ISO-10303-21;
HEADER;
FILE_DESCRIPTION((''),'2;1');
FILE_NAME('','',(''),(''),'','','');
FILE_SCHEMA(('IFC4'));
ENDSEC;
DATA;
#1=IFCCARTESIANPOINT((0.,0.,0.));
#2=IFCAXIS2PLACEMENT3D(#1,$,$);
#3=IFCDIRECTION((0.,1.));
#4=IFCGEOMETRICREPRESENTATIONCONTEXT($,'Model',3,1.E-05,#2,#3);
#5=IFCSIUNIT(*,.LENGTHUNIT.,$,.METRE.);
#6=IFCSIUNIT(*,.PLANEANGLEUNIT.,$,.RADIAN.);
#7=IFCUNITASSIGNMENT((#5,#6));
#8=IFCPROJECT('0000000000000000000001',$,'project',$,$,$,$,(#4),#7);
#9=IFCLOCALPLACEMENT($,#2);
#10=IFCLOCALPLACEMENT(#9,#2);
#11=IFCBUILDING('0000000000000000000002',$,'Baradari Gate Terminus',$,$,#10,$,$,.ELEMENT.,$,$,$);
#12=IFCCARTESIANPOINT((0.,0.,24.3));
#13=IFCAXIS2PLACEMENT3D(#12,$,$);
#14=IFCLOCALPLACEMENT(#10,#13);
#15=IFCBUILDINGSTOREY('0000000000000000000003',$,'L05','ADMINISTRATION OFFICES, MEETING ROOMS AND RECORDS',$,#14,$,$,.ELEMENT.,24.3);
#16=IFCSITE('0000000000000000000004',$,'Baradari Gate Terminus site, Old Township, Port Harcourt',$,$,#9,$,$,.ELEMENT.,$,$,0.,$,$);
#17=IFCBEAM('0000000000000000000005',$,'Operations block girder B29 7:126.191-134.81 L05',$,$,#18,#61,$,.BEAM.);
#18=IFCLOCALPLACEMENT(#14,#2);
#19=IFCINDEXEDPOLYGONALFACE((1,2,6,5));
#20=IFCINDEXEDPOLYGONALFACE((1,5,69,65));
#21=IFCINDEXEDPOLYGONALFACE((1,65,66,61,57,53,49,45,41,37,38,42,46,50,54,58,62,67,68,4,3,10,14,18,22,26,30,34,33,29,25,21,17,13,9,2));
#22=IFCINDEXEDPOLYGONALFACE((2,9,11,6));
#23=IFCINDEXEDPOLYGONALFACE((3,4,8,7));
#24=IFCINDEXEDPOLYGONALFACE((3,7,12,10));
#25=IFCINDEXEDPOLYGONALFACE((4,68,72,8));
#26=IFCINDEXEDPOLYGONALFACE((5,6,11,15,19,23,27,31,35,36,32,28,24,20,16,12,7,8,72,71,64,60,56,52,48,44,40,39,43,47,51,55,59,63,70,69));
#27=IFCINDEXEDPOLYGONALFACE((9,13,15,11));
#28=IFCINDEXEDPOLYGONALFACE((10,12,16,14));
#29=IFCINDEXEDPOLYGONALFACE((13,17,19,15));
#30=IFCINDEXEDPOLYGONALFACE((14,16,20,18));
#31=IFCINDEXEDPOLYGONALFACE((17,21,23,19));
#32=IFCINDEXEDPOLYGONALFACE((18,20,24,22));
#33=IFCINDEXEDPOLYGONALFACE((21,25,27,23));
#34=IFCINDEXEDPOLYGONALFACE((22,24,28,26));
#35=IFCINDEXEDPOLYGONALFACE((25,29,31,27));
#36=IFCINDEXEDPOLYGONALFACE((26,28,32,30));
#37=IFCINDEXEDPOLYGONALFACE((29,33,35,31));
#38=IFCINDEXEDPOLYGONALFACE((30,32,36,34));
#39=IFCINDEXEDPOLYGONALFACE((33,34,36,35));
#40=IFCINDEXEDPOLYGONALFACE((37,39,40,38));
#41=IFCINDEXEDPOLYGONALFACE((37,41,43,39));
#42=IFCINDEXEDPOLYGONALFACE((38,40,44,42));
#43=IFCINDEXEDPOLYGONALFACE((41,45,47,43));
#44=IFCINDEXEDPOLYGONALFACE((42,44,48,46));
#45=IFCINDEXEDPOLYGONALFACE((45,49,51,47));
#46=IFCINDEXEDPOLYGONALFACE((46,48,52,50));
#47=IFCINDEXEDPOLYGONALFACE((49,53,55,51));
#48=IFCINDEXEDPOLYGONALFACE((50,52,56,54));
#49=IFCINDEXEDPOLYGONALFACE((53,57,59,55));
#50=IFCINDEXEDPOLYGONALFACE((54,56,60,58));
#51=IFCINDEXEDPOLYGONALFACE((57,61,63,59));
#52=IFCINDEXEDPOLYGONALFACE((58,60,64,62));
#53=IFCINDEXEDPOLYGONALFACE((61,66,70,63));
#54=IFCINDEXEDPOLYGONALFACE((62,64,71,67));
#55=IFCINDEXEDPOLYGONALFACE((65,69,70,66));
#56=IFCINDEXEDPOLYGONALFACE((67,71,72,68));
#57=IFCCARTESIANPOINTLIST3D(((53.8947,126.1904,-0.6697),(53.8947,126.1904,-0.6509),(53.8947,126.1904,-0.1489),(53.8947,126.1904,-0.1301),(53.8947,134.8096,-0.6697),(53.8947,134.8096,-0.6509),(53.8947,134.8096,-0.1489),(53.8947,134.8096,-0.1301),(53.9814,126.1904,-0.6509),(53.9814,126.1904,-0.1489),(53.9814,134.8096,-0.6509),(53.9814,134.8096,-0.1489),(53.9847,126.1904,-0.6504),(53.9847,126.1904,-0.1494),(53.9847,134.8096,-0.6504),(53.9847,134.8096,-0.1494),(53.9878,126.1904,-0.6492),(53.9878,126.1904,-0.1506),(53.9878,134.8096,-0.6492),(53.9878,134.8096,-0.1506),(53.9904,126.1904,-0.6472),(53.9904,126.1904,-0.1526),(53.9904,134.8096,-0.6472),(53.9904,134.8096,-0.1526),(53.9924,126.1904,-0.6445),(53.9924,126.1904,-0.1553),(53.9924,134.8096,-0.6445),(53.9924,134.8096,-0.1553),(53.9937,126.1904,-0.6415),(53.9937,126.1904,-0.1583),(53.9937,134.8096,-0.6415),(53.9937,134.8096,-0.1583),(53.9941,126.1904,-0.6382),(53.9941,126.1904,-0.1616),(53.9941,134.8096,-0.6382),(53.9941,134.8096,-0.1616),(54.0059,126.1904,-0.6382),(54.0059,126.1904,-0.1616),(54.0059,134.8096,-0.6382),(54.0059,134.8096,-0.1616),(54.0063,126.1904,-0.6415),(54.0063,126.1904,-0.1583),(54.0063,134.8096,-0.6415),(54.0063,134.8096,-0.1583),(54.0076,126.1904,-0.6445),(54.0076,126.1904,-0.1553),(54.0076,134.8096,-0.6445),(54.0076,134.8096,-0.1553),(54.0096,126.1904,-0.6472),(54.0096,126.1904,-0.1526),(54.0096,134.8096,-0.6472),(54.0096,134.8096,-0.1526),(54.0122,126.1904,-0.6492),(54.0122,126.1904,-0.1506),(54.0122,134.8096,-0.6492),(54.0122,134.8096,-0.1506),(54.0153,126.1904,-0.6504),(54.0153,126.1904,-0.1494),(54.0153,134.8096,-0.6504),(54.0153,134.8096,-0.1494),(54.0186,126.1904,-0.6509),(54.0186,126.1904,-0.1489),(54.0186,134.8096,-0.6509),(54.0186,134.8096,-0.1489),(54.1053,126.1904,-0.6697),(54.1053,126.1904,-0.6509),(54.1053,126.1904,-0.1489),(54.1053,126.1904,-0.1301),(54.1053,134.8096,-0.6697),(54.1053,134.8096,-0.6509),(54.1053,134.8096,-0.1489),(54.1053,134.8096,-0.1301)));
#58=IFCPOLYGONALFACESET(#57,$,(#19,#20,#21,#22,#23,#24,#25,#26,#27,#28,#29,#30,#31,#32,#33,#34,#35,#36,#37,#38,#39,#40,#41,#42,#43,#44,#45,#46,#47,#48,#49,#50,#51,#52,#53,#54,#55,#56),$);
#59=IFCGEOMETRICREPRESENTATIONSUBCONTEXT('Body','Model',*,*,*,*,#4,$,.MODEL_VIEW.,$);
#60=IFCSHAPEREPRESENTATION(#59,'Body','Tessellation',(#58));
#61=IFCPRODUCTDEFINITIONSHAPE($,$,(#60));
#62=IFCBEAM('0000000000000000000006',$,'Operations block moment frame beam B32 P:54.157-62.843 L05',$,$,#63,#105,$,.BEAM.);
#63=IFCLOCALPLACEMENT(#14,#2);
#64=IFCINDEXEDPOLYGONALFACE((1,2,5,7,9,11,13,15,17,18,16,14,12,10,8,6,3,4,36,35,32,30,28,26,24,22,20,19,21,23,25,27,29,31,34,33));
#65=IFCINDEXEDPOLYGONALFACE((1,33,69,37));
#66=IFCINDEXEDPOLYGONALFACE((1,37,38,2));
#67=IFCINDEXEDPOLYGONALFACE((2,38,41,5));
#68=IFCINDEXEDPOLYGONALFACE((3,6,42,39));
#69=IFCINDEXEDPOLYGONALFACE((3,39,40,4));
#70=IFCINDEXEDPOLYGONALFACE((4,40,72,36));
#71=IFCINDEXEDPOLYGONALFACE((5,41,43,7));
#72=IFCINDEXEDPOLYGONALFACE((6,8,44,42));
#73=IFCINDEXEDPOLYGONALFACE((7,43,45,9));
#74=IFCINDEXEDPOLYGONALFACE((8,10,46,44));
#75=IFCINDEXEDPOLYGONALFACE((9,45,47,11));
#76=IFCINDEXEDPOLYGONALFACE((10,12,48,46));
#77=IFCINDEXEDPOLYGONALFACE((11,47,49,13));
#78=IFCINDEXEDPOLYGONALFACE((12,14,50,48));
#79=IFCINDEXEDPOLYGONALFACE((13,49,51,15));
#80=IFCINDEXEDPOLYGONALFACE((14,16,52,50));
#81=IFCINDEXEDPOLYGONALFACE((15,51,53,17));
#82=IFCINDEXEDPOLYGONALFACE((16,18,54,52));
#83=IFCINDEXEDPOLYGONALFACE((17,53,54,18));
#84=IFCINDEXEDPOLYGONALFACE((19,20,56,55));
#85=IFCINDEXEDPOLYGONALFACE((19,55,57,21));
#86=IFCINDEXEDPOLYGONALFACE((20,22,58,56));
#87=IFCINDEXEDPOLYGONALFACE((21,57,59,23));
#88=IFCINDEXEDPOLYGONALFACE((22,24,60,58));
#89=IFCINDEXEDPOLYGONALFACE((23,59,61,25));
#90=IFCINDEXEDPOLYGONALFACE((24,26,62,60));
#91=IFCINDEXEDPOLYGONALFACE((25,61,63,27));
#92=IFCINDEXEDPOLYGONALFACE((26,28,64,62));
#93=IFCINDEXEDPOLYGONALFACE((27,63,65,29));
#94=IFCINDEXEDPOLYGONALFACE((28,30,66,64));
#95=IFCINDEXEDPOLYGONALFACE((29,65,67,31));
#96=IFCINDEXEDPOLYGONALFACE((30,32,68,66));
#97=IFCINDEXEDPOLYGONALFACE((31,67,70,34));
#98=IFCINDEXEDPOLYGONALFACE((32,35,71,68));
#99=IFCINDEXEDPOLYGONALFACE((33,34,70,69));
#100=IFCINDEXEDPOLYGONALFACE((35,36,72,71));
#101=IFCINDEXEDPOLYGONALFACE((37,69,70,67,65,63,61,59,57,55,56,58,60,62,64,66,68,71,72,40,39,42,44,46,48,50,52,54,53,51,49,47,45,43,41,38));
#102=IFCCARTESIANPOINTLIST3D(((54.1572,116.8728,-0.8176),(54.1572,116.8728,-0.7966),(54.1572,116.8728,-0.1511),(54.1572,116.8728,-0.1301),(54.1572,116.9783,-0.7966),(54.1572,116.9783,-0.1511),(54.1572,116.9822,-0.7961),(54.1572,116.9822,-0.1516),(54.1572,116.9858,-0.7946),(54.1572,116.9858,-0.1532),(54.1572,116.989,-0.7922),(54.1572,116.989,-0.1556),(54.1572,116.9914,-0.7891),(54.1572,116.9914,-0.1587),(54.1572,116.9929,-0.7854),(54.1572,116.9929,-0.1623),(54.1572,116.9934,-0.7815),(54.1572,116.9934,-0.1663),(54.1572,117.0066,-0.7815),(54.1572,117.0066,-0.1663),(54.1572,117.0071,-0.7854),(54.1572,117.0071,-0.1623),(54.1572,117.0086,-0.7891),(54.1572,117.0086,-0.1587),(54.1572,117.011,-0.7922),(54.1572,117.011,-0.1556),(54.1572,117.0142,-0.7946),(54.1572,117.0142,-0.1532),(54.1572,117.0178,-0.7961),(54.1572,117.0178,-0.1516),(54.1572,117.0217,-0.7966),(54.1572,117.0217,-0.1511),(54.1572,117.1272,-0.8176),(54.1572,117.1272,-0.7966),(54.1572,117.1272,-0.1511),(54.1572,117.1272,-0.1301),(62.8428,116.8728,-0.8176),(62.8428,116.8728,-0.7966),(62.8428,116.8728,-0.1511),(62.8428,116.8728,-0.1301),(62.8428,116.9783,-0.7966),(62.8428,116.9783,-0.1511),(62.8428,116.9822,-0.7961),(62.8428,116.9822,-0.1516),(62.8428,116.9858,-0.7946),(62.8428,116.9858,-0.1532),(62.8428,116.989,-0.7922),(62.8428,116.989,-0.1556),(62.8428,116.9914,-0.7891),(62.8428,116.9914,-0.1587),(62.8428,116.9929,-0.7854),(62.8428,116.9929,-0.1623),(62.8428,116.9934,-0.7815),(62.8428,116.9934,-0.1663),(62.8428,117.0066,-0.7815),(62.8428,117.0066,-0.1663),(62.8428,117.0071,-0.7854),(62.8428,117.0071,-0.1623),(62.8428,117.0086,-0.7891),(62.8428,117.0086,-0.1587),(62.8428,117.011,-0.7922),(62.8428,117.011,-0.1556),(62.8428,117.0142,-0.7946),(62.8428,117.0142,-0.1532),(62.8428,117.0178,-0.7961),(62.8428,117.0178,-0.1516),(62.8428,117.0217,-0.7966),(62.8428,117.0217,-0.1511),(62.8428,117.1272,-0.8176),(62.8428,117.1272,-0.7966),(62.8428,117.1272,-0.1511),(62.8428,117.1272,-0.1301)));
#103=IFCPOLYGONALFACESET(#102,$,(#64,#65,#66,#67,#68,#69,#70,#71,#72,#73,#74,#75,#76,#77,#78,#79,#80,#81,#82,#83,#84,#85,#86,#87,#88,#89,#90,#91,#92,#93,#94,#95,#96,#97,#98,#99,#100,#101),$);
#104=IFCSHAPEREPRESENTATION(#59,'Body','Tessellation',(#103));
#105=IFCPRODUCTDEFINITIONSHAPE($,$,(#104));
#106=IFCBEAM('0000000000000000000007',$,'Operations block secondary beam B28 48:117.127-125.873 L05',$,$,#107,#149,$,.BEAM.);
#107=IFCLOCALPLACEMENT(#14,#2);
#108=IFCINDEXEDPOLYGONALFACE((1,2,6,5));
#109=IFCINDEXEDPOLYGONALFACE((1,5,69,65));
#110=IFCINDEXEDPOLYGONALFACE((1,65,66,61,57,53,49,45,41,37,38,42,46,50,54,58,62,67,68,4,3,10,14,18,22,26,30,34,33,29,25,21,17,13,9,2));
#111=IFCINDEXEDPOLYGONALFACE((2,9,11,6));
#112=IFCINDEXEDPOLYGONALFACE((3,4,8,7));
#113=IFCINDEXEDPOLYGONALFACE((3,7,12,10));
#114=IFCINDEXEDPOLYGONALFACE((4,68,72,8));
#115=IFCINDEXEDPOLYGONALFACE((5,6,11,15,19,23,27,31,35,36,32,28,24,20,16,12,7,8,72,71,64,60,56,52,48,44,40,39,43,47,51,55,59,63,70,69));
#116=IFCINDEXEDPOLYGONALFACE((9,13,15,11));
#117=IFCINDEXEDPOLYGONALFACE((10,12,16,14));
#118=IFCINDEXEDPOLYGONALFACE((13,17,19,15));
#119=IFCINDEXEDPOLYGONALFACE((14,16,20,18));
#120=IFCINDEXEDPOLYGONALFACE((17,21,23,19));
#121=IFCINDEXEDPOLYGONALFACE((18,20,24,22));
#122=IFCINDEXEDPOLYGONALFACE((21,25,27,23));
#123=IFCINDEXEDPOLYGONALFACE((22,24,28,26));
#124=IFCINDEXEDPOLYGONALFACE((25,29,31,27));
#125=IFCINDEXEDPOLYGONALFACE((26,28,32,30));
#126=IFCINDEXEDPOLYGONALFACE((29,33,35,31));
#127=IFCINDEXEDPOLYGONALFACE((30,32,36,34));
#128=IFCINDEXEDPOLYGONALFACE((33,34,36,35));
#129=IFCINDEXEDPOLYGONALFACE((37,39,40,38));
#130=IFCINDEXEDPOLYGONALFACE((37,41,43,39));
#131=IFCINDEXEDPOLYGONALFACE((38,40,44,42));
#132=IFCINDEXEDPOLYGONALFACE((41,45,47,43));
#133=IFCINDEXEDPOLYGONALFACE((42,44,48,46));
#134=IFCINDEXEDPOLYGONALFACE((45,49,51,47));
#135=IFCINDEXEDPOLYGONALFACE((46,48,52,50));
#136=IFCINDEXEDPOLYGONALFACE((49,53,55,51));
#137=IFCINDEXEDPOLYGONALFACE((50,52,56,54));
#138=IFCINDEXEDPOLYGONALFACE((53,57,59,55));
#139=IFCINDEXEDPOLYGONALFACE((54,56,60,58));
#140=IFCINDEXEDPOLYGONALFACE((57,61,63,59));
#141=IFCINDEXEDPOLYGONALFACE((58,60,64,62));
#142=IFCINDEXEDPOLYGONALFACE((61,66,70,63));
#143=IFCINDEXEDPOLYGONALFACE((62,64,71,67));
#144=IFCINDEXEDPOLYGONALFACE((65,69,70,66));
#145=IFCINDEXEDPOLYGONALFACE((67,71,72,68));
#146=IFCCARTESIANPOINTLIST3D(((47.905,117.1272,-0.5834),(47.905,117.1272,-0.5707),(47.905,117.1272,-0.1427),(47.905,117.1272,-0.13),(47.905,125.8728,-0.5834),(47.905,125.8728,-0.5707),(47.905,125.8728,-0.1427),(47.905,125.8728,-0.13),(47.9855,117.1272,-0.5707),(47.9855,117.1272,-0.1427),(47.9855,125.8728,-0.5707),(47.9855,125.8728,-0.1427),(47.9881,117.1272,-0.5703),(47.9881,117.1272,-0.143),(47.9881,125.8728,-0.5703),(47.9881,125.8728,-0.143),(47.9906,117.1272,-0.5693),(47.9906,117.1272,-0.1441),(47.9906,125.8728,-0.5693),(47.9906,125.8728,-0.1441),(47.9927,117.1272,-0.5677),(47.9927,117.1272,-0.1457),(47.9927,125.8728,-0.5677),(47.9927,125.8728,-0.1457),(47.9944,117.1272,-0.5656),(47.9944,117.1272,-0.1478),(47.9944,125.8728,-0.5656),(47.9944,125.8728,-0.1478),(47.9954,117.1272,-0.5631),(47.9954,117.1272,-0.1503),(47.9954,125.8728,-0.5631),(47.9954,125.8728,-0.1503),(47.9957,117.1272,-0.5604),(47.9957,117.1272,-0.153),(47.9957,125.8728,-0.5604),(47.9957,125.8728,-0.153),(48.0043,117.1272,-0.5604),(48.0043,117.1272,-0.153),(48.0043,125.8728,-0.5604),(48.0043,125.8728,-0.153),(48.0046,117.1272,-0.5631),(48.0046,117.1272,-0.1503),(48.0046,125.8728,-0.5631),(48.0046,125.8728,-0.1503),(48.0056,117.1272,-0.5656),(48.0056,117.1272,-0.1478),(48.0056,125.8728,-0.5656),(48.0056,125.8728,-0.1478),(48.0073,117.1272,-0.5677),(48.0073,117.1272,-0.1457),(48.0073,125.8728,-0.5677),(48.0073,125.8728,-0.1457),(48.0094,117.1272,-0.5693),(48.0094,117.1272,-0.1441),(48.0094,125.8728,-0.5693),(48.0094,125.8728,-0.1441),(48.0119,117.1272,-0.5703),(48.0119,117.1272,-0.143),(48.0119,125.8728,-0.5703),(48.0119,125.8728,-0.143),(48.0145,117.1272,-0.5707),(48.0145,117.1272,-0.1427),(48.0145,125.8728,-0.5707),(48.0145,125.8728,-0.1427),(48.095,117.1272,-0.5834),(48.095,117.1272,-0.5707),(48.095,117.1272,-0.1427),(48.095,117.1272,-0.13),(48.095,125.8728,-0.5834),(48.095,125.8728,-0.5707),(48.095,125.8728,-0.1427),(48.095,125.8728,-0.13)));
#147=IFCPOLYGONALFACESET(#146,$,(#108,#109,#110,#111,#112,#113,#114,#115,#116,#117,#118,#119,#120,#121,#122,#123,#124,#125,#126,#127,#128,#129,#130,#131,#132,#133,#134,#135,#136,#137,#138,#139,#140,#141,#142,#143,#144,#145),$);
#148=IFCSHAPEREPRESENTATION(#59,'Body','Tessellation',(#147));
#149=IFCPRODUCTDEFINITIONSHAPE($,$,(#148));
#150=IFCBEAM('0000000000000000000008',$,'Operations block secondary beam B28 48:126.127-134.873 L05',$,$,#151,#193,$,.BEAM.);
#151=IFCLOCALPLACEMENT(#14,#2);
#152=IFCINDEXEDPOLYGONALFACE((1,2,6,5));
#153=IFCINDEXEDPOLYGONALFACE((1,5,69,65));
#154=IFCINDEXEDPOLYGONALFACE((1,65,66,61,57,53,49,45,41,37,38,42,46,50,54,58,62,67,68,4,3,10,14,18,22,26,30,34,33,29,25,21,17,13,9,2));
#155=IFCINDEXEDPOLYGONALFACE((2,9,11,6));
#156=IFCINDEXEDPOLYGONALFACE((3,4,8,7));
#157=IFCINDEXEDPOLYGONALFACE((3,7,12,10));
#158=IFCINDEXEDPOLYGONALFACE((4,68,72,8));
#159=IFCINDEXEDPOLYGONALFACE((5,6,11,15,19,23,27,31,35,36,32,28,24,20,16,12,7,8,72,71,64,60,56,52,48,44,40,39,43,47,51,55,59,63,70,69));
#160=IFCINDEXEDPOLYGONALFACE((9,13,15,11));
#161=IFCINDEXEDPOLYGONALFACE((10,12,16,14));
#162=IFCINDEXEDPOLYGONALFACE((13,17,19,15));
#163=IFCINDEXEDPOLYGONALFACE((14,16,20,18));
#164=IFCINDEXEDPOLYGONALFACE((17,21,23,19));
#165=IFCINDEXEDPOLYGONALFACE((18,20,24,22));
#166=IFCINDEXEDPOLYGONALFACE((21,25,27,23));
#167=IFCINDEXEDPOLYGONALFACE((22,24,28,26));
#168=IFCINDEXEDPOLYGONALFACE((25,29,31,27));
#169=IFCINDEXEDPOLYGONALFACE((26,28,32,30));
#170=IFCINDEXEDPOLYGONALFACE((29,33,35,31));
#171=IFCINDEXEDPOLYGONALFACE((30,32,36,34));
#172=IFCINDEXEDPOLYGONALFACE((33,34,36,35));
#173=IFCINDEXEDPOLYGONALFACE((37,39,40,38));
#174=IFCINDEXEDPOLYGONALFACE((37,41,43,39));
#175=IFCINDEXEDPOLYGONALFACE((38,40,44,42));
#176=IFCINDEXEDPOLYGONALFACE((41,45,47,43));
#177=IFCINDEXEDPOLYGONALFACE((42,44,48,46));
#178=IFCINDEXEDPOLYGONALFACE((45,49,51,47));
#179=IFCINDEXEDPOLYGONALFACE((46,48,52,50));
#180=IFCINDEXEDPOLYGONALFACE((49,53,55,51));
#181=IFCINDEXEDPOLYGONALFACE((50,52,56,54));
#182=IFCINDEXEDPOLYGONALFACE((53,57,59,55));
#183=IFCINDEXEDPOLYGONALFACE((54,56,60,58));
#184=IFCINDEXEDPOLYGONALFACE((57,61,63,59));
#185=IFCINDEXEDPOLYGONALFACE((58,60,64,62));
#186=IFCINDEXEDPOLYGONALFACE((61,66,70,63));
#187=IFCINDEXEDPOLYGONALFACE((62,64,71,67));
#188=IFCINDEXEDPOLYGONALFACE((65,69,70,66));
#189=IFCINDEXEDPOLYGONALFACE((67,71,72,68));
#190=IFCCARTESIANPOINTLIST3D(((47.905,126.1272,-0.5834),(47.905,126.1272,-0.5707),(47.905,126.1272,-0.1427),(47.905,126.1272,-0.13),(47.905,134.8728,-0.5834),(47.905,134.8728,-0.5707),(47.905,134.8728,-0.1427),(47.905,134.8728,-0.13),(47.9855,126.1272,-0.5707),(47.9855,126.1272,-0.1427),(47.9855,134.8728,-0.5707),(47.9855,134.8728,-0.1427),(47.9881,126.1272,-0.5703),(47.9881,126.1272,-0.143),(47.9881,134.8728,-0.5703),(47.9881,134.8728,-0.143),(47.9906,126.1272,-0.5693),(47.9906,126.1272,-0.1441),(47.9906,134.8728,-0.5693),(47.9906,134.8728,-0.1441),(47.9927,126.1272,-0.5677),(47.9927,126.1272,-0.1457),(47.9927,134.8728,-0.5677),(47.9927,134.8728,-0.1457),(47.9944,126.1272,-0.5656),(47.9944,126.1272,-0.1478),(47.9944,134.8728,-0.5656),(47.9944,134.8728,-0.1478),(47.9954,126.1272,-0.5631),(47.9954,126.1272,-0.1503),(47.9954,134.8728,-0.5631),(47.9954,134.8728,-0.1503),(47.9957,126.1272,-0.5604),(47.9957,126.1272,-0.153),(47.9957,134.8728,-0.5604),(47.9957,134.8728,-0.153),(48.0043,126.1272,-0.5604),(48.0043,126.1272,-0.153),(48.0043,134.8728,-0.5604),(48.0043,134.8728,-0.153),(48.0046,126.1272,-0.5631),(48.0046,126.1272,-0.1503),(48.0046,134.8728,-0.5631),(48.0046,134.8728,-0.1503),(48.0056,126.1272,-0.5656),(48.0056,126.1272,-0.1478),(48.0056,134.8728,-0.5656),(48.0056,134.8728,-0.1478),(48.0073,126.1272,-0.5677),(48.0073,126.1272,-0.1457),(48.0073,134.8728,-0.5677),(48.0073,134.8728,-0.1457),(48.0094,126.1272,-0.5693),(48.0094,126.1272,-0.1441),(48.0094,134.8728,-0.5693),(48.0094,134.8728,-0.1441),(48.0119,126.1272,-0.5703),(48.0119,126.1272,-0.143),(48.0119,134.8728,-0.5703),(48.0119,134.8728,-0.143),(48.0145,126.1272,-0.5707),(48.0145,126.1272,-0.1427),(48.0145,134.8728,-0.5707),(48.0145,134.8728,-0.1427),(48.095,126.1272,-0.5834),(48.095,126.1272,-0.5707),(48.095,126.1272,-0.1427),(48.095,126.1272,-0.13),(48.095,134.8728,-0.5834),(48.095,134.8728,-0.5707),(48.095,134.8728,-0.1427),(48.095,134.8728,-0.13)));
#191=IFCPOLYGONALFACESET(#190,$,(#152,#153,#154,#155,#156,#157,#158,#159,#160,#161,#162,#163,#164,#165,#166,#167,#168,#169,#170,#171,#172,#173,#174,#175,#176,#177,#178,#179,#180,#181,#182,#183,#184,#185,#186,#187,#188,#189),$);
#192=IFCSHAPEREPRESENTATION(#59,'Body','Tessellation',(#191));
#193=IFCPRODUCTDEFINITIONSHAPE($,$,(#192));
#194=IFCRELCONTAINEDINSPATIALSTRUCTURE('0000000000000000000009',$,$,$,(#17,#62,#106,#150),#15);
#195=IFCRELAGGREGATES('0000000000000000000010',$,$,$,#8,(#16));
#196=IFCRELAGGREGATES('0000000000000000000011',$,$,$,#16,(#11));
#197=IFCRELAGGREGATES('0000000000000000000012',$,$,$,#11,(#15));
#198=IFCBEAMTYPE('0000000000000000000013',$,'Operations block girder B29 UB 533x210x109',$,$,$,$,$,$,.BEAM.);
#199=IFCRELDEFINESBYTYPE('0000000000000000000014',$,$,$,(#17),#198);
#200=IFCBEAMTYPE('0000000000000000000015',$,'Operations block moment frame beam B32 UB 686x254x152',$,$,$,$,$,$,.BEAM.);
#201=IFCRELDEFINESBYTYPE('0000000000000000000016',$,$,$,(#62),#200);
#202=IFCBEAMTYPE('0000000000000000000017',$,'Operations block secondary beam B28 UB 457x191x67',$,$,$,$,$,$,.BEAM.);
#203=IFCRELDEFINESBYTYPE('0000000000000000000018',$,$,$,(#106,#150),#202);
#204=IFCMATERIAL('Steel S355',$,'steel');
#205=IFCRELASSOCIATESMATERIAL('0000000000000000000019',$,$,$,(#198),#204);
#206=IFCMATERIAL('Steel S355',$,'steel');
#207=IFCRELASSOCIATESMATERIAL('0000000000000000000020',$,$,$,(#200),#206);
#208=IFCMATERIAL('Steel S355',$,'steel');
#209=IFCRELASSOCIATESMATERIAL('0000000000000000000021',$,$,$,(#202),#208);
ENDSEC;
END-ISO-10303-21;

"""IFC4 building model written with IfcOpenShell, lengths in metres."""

from ifc_helpers import new_model, si_unit, direction, frame, origin, origin_2d, place, context, subcontext, project, spatial, i_section, extrude, material, material_profile, profile_set, type_object, element, save


model = new_model("IFC4")

# Units and contexts
model_context = context("Model", 3, precision=1e-05, world=origin(), true_north=direction((0.0, 1.0)))
body_context = subcontext(model_context, "Body", "Model", "MODEL_VIEW")
ifc_project = project(units=[si_unit("LENGTHUNIT", "METRE"), si_unit("PLANEANGLEUNIT", "RADIAN")], contexts=[model_context])

# Site, building, storey
site_placement = place(None, origin())
site = spatial("IfcSite", under=ifc_project, at=site_placement, Name="Baradari Gate Terminus site, Old Township, Port Harcourt", CompositionType="ELEMENT", RefElevation=0.0)
building_placement = place(site_placement, origin())
building = spatial("IfcBuilding", under=site, at=building_placement, Name="Baradari Gate Terminus", CompositionType="ELEMENT")
storey_placement = place(building_placement, frame((0.0, 0.0, 24.3)))
storey = spatial("IfcBuildingStorey", under=building, at=storey_placement, Name="L05", Description="ADMINISTRATION OFFICES, MEETING ROOMS AND RECORDS", CompositionType="ELEMENT", Elevation=24.3)

# Beams
ifc_material_1 = material(Name="Steel S355", Category="steel")
ifc_material_profile_1 = material_profile(ifc_material_1, i_section(OverallWidth=0.2107, OverallDepth=0.5396, WebThickness=0.0117, FlangeThickness=0.0188, FilletRadius=0.0127, at=origin_2d()), Name="UB 533x210x109")
ifc_profile_set_1 = profile_set([ifc_material_profile_1], Name="Steel S355")
beam_type_1 = type_object("IfcBeamType", Name="Operations block girder B29 UB 533x210x109", PredefinedType="BEAM", material=ifc_profile_set_1)
beam_1_placement = place(storey_placement, frame((54.0, 126.1904, -0.3999), z_axis=(0.0, 1.0, 0.0), x_axis=(-1.0, 0.0, 0.0)))
element("IfcBeam", 1, at=beam_1_placement, inside=storey, type_object=beam_type_1, Name="Operations block girder B29 7:126.191-134.81 L05", PredefinedType="BEAM", context=body_context, shape_type="SweptSolid", body=[
    extrude(i_section(OverallWidth=0.2107, OverallDepth=0.5396, WebThickness=0.0117, FlangeThickness=0.0188, FilletRadius=0.0127, at=origin_2d()), origin(), (0.0, 0.0, 1.0), 8.6191),
])
ifc_material_2 = material(Name="Steel S355", Category="steel")
ifc_material_profile_2 = material_profile(ifc_material_2, i_section(OverallWidth=0.2544, OverallDepth=0.6875, WebThickness=0.0132, FlangeThickness=0.021, FilletRadius=0.0151, at=origin_2d()), Name="UB 686x254x152")
ifc_profile_set_2 = profile_set([ifc_material_profile_2], Name="Steel S355")
beam_type_2 = type_object("IfcBeamType", Name="Operations block moment frame beam B32 UB 686x254x152", PredefinedType="BEAM", material=ifc_profile_set_2)
beam_2_placement = place(storey_placement, frame((54.1572, 117.0, -0.4739), z_axis=(1.0, 0.0, 0.0), x_axis=(0.0, 1.0, 0.0)))
element("IfcBeam", 2, at=beam_2_placement, inside=storey, type_object=beam_type_2, Name="Operations block moment frame beam B32 P:54.157-62.843 L05", PredefinedType="BEAM", context=body_context, shape_type="SweptSolid", body=[
    extrude(i_section(OverallWidth=0.2544, OverallDepth=0.6875, WebThickness=0.0132, FlangeThickness=0.021, FilletRadius=0.0151, at=origin_2d()), origin(), (0.0, 0.0, 1.0), 8.6855),
])
ifc_material_3 = material(Name="Steel S355", Category="steel")
ifc_material_profile_3 = material_profile(ifc_material_3, i_section(OverallWidth=0.1899, OverallDepth=0.4534, WebThickness=0.0085, FlangeThickness=0.0127, FilletRadius=0.0103, at=origin_2d()), Name="UB 457x191x67")
ifc_profile_set_3 = profile_set([ifc_material_profile_3], Name="Steel S355")
beam_type_3 = type_object("IfcBeamType", Name="Operations block secondary beam B28 UB 457x191x67", PredefinedType="BEAM", material=ifc_profile_set_3)
for number, where, z_axis, x_axis, name in (
    (3, (48.0, 117.1272, -0.3567), (0.0, 1.0, 0.0), (-1.0, 0.0, 0.0), "Operations block secondary beam B28 48:117.127-125.873 L05"),
    (4, (48.0, 126.1272, -0.3567), (0.0, 1.0, 0.0), (-1.0, 0.0, 0.0), "Operations block secondary beam B28 48:126.127-134.873 L05"),
):
    element("IfcBeam", number, at=place(storey_placement, frame(where, z_axis=z_axis, x_axis=x_axis)), inside=storey, type_object=beam_type_3, Name=name, PredefinedType="BEAM", context=body_context, shape_type="SweptSolid", body=[
        extrude(i_section(OverallWidth=0.1899, OverallDepth=0.4534, WebThickness=0.0085, FlangeThickness=0.0127, FilletRadius=0.0103, at=origin_2d()), origin(), (0.0, 0.0, 1.0), 8.7456),
    ])

save(model, "model.ifc")
